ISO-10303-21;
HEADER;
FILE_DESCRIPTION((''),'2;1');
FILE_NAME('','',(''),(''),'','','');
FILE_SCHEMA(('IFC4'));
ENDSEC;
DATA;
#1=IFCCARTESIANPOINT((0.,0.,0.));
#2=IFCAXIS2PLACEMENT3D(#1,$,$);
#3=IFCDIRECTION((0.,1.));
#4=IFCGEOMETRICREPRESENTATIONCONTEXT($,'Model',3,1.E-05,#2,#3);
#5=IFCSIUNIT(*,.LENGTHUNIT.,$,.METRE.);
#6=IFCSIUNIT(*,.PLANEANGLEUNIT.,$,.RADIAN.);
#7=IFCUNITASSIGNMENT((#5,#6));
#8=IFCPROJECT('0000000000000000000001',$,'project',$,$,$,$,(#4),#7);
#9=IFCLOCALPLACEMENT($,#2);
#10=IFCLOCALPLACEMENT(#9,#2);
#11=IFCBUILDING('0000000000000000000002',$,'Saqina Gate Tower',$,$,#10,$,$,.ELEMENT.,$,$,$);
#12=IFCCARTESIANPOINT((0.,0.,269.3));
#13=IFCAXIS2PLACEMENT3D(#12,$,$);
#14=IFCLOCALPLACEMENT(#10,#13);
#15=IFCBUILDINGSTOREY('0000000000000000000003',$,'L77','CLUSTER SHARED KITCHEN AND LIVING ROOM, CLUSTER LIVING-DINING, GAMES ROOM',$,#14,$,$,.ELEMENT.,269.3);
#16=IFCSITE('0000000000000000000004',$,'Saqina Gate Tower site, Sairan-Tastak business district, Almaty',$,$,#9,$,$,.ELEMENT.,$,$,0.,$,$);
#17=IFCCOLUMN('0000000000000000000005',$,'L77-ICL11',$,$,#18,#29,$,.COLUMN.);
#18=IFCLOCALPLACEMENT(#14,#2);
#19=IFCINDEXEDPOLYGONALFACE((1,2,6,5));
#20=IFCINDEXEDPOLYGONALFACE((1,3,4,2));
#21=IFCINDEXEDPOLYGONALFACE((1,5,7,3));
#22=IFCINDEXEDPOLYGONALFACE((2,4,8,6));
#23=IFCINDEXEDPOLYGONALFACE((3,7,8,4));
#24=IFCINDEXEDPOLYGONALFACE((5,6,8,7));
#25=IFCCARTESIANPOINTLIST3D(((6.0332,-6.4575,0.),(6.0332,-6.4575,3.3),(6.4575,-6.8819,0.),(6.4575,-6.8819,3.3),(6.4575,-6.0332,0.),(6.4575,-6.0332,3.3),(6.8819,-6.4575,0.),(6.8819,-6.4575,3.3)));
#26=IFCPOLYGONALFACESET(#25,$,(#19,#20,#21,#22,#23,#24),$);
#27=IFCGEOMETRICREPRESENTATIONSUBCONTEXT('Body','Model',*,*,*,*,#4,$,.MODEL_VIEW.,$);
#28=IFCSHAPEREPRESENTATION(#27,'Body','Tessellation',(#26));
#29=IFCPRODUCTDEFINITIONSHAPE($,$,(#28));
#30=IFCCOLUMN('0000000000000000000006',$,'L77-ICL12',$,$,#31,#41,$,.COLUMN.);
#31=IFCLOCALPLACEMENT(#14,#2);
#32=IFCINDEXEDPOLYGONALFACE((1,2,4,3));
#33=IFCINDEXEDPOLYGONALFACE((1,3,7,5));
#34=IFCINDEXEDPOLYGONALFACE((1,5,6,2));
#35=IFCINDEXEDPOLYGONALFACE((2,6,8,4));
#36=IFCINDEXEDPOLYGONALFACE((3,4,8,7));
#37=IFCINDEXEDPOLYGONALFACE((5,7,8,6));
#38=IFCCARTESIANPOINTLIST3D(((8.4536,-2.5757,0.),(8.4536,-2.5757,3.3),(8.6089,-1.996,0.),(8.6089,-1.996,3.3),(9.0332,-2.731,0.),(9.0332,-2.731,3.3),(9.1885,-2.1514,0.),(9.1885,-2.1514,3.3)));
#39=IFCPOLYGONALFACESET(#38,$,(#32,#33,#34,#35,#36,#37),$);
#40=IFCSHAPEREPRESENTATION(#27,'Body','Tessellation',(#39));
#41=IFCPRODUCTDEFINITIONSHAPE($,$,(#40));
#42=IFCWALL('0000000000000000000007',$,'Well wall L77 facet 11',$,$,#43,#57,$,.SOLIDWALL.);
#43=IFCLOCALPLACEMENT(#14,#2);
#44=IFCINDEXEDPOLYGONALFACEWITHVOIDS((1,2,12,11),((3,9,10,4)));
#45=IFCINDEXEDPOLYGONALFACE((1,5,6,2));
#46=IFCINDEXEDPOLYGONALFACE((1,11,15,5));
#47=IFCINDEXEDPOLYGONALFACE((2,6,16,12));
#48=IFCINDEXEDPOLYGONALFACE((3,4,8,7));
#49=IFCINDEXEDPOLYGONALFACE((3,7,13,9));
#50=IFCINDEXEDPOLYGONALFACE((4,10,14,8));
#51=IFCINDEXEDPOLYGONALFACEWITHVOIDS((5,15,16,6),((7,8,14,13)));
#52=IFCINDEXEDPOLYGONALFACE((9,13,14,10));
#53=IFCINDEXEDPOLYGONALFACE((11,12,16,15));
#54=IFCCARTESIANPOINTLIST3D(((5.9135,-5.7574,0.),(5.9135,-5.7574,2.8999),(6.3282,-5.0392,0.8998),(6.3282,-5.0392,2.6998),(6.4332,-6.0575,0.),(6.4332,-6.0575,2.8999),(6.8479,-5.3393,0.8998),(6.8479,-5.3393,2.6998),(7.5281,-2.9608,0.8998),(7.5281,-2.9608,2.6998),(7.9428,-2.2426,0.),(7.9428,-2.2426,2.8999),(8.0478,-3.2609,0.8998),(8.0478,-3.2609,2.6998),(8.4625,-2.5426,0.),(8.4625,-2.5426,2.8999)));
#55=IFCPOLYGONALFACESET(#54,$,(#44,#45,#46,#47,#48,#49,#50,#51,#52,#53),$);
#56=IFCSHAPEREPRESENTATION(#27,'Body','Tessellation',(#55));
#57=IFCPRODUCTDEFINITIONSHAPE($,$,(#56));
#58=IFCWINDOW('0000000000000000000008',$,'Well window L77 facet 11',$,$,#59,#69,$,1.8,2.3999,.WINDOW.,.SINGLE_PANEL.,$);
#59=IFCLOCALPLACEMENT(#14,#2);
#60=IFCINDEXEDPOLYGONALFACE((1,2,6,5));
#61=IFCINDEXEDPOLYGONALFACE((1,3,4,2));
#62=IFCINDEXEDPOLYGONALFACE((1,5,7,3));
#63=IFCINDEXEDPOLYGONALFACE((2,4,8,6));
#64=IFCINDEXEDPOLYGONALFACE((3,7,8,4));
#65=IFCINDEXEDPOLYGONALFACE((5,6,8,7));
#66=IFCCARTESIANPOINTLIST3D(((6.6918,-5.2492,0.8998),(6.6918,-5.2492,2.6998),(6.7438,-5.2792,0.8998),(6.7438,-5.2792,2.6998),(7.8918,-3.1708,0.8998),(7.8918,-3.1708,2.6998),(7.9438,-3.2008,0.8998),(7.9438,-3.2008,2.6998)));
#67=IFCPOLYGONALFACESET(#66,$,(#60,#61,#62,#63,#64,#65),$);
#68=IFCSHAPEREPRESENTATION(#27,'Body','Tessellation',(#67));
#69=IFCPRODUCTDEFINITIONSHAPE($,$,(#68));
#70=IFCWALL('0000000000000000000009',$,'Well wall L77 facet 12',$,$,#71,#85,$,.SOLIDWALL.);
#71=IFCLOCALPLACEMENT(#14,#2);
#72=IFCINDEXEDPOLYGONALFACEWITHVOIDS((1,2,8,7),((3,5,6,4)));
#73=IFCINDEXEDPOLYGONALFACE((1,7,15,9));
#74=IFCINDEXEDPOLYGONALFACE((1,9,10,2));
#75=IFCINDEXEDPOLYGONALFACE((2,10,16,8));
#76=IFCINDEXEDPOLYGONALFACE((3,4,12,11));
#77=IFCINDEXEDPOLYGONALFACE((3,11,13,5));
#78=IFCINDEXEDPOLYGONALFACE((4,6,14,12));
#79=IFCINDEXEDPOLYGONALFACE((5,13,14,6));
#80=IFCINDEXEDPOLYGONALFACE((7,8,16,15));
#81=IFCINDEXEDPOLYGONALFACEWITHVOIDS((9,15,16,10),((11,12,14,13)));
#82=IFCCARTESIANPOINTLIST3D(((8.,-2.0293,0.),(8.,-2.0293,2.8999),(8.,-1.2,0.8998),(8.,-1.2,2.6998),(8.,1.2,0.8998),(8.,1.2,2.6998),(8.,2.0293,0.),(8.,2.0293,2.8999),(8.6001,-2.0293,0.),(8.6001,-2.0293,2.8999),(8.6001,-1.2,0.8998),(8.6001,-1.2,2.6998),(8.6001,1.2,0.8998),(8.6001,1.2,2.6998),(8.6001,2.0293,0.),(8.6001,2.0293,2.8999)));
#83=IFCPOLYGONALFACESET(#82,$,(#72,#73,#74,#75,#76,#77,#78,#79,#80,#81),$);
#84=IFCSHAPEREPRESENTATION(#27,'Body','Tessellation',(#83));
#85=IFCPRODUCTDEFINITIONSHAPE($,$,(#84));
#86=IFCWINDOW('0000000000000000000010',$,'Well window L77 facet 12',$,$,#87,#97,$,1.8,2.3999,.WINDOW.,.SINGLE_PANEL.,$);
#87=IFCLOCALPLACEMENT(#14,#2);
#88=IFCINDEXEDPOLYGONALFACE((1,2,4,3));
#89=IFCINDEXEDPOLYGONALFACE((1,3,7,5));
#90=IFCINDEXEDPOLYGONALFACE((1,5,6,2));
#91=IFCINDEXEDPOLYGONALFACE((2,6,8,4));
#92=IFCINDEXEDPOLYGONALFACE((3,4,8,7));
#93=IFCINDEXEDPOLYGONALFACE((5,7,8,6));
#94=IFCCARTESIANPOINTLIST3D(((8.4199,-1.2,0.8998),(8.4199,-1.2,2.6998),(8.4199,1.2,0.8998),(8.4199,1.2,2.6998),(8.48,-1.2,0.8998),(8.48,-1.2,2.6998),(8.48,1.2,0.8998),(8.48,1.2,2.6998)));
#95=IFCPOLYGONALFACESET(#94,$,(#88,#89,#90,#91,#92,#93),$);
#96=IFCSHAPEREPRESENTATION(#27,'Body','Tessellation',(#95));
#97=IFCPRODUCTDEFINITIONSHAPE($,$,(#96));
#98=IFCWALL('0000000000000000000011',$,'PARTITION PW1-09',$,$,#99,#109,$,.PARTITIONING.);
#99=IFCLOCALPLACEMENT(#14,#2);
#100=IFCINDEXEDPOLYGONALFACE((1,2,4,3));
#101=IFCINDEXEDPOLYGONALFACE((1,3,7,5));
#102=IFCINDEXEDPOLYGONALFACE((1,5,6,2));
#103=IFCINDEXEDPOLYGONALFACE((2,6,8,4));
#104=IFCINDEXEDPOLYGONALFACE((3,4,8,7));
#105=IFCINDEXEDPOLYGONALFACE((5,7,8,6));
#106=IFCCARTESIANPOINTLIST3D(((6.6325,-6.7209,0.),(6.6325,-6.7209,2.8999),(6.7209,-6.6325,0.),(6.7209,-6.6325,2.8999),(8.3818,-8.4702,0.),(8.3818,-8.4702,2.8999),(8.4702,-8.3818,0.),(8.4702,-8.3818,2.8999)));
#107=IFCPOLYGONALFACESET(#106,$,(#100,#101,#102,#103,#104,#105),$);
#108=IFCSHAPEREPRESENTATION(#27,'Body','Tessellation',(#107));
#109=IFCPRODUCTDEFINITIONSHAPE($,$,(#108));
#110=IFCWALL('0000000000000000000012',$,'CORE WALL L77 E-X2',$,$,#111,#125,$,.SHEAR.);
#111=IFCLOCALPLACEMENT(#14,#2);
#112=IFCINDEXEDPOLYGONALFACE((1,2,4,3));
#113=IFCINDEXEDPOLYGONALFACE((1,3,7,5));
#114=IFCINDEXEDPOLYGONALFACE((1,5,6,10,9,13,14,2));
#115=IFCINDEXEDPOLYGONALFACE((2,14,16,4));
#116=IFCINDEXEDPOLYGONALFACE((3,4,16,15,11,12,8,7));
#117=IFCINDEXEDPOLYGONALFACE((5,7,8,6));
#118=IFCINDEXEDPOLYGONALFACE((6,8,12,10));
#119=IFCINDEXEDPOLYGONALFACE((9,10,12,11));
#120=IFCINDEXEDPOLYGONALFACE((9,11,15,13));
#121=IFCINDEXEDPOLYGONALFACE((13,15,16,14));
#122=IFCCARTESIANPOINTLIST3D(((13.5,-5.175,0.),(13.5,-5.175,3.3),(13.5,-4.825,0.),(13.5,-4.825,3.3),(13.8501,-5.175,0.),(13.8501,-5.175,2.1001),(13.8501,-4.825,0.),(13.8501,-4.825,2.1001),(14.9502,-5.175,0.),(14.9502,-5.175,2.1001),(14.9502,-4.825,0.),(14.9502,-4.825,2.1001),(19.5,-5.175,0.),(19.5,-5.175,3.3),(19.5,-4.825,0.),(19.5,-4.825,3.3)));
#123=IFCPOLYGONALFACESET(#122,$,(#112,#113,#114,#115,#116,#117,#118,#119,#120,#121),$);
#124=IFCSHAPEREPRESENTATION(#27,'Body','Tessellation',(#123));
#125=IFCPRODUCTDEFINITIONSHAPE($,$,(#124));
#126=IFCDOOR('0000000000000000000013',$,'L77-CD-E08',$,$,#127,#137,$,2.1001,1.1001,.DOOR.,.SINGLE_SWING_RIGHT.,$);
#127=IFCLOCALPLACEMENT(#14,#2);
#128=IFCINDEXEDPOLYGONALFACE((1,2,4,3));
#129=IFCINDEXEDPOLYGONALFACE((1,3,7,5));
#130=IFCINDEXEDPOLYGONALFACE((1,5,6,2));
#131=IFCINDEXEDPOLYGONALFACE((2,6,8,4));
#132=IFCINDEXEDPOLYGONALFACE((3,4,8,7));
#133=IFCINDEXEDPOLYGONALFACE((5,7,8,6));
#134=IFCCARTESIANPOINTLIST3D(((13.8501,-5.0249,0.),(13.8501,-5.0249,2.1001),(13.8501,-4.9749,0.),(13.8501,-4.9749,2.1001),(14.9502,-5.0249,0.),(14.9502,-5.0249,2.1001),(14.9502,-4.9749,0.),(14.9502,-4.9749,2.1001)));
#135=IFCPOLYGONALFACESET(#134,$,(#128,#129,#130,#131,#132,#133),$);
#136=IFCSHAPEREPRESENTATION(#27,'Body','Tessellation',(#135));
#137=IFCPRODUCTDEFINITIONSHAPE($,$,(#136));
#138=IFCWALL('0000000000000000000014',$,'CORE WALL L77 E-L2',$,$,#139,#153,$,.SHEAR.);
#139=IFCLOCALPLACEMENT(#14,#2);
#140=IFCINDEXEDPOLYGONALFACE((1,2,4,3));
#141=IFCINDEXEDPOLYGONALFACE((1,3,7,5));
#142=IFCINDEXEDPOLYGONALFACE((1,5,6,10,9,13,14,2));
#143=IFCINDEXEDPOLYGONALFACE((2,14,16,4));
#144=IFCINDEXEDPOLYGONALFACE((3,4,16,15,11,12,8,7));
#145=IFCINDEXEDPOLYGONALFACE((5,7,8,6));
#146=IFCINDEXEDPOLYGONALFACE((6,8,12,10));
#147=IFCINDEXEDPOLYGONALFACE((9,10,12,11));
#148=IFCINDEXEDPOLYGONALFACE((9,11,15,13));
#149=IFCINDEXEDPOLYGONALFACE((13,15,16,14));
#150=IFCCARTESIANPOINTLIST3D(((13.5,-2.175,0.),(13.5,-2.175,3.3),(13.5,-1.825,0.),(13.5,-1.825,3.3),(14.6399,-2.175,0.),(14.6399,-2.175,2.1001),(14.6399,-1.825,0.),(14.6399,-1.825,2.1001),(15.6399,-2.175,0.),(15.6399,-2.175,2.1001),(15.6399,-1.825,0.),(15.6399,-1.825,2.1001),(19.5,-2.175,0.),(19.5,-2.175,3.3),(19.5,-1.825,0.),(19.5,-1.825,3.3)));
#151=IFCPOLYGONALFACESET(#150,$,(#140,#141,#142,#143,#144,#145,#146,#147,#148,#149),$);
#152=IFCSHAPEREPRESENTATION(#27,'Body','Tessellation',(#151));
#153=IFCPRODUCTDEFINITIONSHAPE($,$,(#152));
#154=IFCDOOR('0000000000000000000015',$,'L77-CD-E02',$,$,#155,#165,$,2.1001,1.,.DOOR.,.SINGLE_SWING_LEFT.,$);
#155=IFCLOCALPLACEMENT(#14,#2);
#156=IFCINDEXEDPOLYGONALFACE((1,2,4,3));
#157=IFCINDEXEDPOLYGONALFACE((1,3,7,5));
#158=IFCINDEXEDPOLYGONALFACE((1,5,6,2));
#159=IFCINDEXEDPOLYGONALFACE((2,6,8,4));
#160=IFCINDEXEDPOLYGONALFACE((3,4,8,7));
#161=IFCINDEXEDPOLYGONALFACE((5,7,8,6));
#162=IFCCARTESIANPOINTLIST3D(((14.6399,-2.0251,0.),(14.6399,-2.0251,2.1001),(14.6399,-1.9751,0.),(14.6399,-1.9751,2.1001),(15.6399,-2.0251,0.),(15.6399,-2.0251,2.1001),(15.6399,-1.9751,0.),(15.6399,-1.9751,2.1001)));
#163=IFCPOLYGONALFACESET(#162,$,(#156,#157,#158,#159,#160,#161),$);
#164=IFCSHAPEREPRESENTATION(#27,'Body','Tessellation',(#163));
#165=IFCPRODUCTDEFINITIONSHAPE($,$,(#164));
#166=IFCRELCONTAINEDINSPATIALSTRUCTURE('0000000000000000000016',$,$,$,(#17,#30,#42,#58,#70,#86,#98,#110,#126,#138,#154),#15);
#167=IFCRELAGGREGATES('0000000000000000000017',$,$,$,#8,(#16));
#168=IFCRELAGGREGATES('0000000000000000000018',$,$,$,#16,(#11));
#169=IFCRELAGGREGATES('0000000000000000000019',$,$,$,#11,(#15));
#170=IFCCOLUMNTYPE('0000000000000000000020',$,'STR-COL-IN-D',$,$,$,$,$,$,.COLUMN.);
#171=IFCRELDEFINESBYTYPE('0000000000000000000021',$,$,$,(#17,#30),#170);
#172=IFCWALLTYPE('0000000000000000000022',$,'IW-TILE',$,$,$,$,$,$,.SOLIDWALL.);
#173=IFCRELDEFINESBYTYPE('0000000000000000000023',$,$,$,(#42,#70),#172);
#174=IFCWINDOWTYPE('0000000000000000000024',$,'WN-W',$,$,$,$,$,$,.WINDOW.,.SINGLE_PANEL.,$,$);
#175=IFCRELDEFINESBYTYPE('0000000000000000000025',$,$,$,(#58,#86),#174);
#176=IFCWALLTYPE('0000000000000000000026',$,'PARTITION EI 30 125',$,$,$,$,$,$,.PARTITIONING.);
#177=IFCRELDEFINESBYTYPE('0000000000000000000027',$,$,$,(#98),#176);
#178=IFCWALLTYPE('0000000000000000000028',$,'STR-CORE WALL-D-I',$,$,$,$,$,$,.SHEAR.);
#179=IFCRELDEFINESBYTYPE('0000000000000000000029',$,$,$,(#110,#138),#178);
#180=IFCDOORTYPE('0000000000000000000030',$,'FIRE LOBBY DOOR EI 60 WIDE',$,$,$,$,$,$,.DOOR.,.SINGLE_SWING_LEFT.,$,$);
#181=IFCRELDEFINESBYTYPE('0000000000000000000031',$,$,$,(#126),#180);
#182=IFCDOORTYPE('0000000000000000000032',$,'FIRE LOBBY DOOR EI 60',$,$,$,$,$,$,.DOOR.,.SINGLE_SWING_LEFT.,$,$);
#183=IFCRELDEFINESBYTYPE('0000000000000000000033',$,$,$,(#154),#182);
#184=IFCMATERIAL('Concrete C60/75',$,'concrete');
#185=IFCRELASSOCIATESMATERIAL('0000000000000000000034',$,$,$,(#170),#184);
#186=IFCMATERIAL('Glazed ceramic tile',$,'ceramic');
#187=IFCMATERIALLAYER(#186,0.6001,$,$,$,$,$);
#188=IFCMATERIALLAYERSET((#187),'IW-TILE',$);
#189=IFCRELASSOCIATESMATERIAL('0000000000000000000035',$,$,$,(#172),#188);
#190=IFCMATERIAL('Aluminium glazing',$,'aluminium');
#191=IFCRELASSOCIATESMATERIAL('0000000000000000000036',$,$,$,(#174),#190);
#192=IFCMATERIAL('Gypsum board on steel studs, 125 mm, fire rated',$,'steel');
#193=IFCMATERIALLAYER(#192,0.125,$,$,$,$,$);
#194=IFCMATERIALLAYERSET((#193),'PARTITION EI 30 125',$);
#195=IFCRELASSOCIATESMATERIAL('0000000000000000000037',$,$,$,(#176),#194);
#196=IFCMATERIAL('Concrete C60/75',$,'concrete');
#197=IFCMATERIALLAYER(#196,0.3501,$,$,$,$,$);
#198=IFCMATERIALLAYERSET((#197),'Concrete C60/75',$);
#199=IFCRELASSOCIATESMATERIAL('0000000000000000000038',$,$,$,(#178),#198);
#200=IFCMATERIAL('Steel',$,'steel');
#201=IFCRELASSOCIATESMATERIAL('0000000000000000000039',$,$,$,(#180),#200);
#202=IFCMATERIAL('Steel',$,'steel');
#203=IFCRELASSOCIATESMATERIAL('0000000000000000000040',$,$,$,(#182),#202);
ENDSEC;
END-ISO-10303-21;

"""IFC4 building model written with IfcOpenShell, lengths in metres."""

from ifc_helpers import new_model, si_unit, direction, frame, frame_2d, origin, origin_2d, place, context, subcontext, project, spatial, rectangle, extrude, material, layer, layer_set, material_profile, profile_set, type_object, element, fill, save


model = new_model("IFC4")

# Units and contexts
model_context = context("Model", 3, precision=1e-05, world=origin(), true_north=direction((0.0, 1.0)))
body_context = subcontext(model_context, "Body", "Model", "MODEL_VIEW")
ifc_project = project(units=[si_unit("LENGTHUNIT", "METRE"), si_unit("PLANEANGLEUNIT", "RADIAN")], contexts=[model_context])

# Site, building, storey
site_placement = place(None, origin())
site = spatial("IfcSite", under=ifc_project, at=site_placement, Name="Saqina Gate Tower site, Sairan-Tastak business district, Almaty", CompositionType="ELEMENT", RefElevation=0.0)
building_placement = place(site_placement, origin())
building = spatial("IfcBuilding", under=site, at=building_placement, Name="Saqina Gate Tower", CompositionType="ELEMENT")
storey_placement = place(building_placement, frame((0.0, 0.0, 269.3)))
storey = spatial("IfcBuildingStorey", under=building, at=storey_placement, Name="L77", Description="CLUSTER SHARED KITCHEN AND LIVING ROOM, CLUSTER LIVING-DINING, GAMES ROOM", CompositionType="ELEMENT", Elevation=269.3)

# Columns
ifc_material_1 = material(Name="Concrete C60/75", Category="concrete")
ifc_material_profile = material_profile(ifc_material_1, rectangle(XDim=0.6001, YDim=0.6001, at=origin_2d()), Name="RC 600x600")
ifc_profile_set = profile_set([ifc_material_profile], Name="Concrete C60/75")
column_type = type_object("IfcColumnType", Name="STR-COL-IN-D", PredefinedType="COLUMN", material=ifc_profile_set)
for number, where, z_axis, x_axis, name in (
    (1, (6.4575, -6.4575, 0.0), (0.0, 0.0, 1.0), (0.707107, -0.707107, 0.0), "L77-ICL11"),
    (2, (8.821, -2.3635, 0.0), (0.0, 0.0, 1.0), (0.965926, -0.258819, 0.0), "L77-ICL12"),
):
    element("IfcColumn", number, at=place(storey_placement, frame(where, z_axis=z_axis, x_axis=x_axis)), inside=storey, type_object=column_type, Name=name, PredefinedType="COLUMN", context=body_context, shape_type="SweptSolid", body=[
        extrude(rectangle(XDim=0.6001, YDim=0.6001, at=origin_2d()), origin(), (0.0, 0.0, 1.0), 3.3),
    ])

# Walls, openings, windows
ifc_material_2 = material(Name="Glazed ceramic tile", Category="ceramic")
ifc_layer_1 = layer(ifc_material_2, 0.6001)
ifc_layer_set_1 = layer_set([ifc_layer_1], Name="IW-TILE")
wall_type_1 = type_object("IfcWallType", Name="IW-TILE", PredefinedType="SOLIDWALL", material=ifc_layer_set_1)
wall_1_placement = place(storey_placement, frame((6.1733, -5.9075, 0.0), z_axis=(0.0, 0.0, 1.0), x_axis=(0.499995, 0.866028, 0.0)))
wall_1 = element("IfcWall", 3, at=wall_1_placement, inside=storey, type_object=wall_type_1, Name="Well wall L77 facet 11", PredefinedType="SOLIDWALL", context=body_context, shape_type="SweptSolid", body=[
    extrude(rectangle(XDim=4.0586, YDim=0.6001, at=frame_2d((2.0293, 0.0))), origin(), (0.0, 0.0, 1.0), 2.8999),
])
opening_1_placement = place(wall_1_placement, frame((0.8293, 0.0, 0.8999)))
opening_1 = element("IfcOpeningElement", 4, at=opening_1_placement, cuts=wall_1, PredefinedType="OPENING", context=body_context, shape_type="SweptSolid", body=[
    extrude(rectangle(XDim=2.3999, YDim=1.8, at=frame_2d((1.2, 0.8999))), frame((0.0, 0.312, 0.0), z_axis=(0.0, -1.0, 0.0), x_axis=(1.0, 0.0, 0.0)), (0.0, 0.0, 1.0), 0.624),
])
ifc_material_3 = material(Name="Aluminium glazing", Category="aluminium")
window_type = type_object("IfcWindowType", Name="WN-W", PartitioningType="SINGLE_PANEL", PredefinedType="WINDOW", material=ifc_material_3)
window_1_placement = place(opening_1_placement, origin())
window_1 = element("IfcWindow", 5, at=window_1_placement, inside=storey, type_object=window_type, Name="Well window L77 facet 11", OverallHeight=1.8, OverallWidth=2.3999, PartitioningType="SINGLE_PANEL", PredefinedType="WINDOW", context=body_context, shape_type="SweptSolid", body=[
    extrude(rectangle(XDim=2.3999, YDim=1.8, at=frame_2d((1.2, 0.8999))), frame((0.0, -0.1199, 0.0), z_axis=(0.0, -1.0, 0.0), x_axis=(1.0, 0.0, 0.0)), (0.0, 0.0, 1.0), 0.0601),
])
fill(opening_1, window_1)
wall_2_placement = place(storey_placement, frame((8.3, -2.0293, 0.0), z_axis=(0.0, 0.0, 1.0), x_axis=(0.0, 1.0, 0.0)))
wall_2 = element("IfcWall", 6, at=wall_2_placement, inside=storey, type_object=wall_type_1, Name="Well wall L77 facet 12", PredefinedType="SOLIDWALL", context=body_context, shape_type="SweptSolid", body=[
    extrude(rectangle(XDim=4.0586, YDim=0.6001, at=frame_2d((2.0293, 0.0))), origin(), (0.0, 0.0, 1.0), 2.8999),
])
opening_2_placement = place(wall_2_placement, frame((0.8293, 0.0, 0.8999)))
opening_2 = element("IfcOpeningElement", 7, at=opening_2_placement, cuts=wall_2, PredefinedType="OPENING", context=body_context, shape_type="SweptSolid", body=[
    extrude(rectangle(XDim=2.3999, YDim=1.8, at=frame_2d((1.2, 0.8999))), frame((0.0, 0.312, 0.0), z_axis=(0.0, -1.0, 0.0), x_axis=(1.0, 0.0, 0.0)), (0.0, 0.0, 1.0), 0.624),
])
window_2_placement = place(opening_2_placement, origin())
window_2 = element("IfcWindow", 8, at=window_2_placement, inside=storey, type_object=window_type, Name="Well window L77 facet 12", OverallHeight=1.8, OverallWidth=2.3999, PartitioningType="SINGLE_PANEL", PredefinedType="WINDOW", context=body_context, shape_type="SweptSolid", body=[
    extrude(rectangle(XDim=2.3999, YDim=1.8, at=frame_2d((1.2, 0.8999))), frame((0.0, -0.1199, 0.0), z_axis=(0.0, -1.0, 0.0), x_axis=(1.0, 0.0, 0.0)), (0.0, 0.0, 1.0), 0.0601),
])
fill(opening_2, window_2)

# Wall
ifc_material_4 = material(Name="Gypsum board on steel studs, 125 mm, fire rated", Category="steel")
ifc_layer_2 = layer(ifc_material_4, 0.125)
ifc_layer_set_2 = layer_set([ifc_layer_2], Name="PARTITION EI 30 125")
wall_type_2 = type_object("IfcWallType", Name="PARTITION EI 30 125", PredefinedType="PARTITIONING", material=ifc_layer_set_2)
wall_3_placement = place(storey_placement, frame((6.6768, -6.6768, 0.0), z_axis=(0.0, 0.0, 1.0), x_axis=(0.707107, -0.707107, 0.0)))
element("IfcWall", 9, at=wall_3_placement, inside=storey, type_object=wall_type_2, Name="PARTITION PW1-09", PredefinedType="PARTITIONING", context=body_context, shape_type="SweptSolid", body=[
    extrude(rectangle(XDim=2.4739, YDim=0.125, at=frame_2d((1.2368, 0.0))), origin(), (0.0, 0.0, 1.0), 2.8999),
])

# Walls, openings, doors
ifc_material_5 = material(Name="Concrete C60/75", Category="concrete")
ifc_layer_3 = layer(ifc_material_5, 0.3501)
ifc_layer_set_3 = layer_set([ifc_layer_3], Name="Concrete C60/75")
wall_type_3 = type_object("IfcWallType", Name="STR-CORE WALL-D-I", PredefinedType="SHEAR", material=ifc_layer_set_3)
wall_4_placement = place(storey_placement, frame((13.5, -5.0, 0.0), z_axis=(0.0, 0.0, 1.0), x_axis=(1.0, 0.0, 0.0)))
wall_4 = element("IfcWall", 10, at=wall_4_placement, inside=storey, type_object=wall_type_3, Name="CORE WALL L77 E-X2", PredefinedType="SHEAR", context=body_context, shape_type="SweptSolid", body=[
    extrude(rectangle(XDim=6.0, YDim=0.3501, at=frame_2d((3.0, 0.0))), origin(), (0.0, 0.0, 1.0), 3.3),
])
opening_3_placement = place(wall_4_placement, frame((0.3501, 0.0, 0.0)))
opening_3 = element("IfcOpeningElement", 11, at=opening_3_placement, cuts=wall_4, PredefinedType="OPENING", context=body_context, shape_type="SweptSolid", body=[
    extrude(rectangle(XDim=1.1001, YDim=2.1001, at=frame_2d((0.55, 1.05))), frame((0.0, 0.187, 0.0), z_axis=(0.0, -1.0, 0.0), x_axis=(1.0, 0.0, 0.0)), (0.0, 0.0, 1.0), 0.374),
])
ifc_material_6 = material(Name="Steel", Category="steel")
door_type_1 = type_object("IfcDoorType", Name="FIRE LOBBY DOOR EI 60 WIDE", OperationType="SINGLE_SWING_LEFT", PredefinedType="DOOR", material=ifc_material_6)
door_1_placement = place(opening_3_placement, frame((1.1001, 0.0, 0.0), z_axis=(0.0, 0.0, 1.0), x_axis=(-1.0, 0.0, 0.0)))
door_1 = element("IfcDoor", 12, at=door_1_placement, inside=storey, type_object=door_type_1, Name="L77-CD-E08", OperationType="SINGLE_SWING_RIGHT", OverallHeight=2.1001, OverallWidth=1.1001, PredefinedType="DOOR", context=body_context, shape_type="SweptSolid", body=[
    extrude(rectangle(XDim=1.1001, YDim=2.1001, at=frame_2d((0.55, 1.05))), frame((0.0, 0.0249, 0.0), z_axis=(0.0, -1.0, 0.0), x_axis=(1.0, 0.0, 0.0)), (0.0, 0.0, 1.0), 0.05),
])
fill(opening_3, door_1)
wall_5_placement = place(storey_placement, frame((13.5, -2.0, 0.0), z_axis=(0.0, 0.0, 1.0), x_axis=(1.0, 0.0, 0.0)))
wall_5 = element("IfcWall", 13, at=wall_5_placement, inside=storey, type_object=wall_type_3, Name="CORE WALL L77 E-L2", PredefinedType="SHEAR", context=body_context, shape_type="SweptSolid", body=[
    extrude(rectangle(XDim=6.0, YDim=0.3501, at=frame_2d((3.0, 0.0))), origin(), (0.0, 0.0, 1.0), 3.3),
])
opening_4_placement = place(wall_5_placement, frame((1.1399, 0.0, 0.0)))
opening_4 = element("IfcOpeningElement", 14, at=opening_4_placement, cuts=wall_5, PredefinedType="OPENING", context=body_context, shape_type="SweptSolid", body=[
    extrude(rectangle(XDim=1.0, YDim=2.1001, at=frame_2d((0.5, 1.05))), frame((0.0, 0.187, 0.0), z_axis=(0.0, -1.0, 0.0), x_axis=(1.0, 0.0, 0.0)), (0.0, 0.0, 1.0), 0.374),
])
ifc_material_7 = material(Name="Steel", Category="steel")
door_type_2 = type_object("IfcDoorType", Name="FIRE LOBBY DOOR EI 60", OperationType="SINGLE_SWING_LEFT", PredefinedType="DOOR", material=ifc_material_7)
door_2_placement = place(opening_4_placement, origin())
door_2 = element("IfcDoor", 15, at=door_2_placement, inside=storey, type_object=door_type_2, Name="L77-CD-E02", OperationType="SINGLE_SWING_LEFT", OverallHeight=2.1001, OverallWidth=1.0, PredefinedType="DOOR", context=body_context, shape_type="SweptSolid", body=[
    extrude(rectangle(XDim=1.0, YDim=2.1001, at=frame_2d((0.5, 1.05))), frame((0.0, 0.0249, 0.0), z_axis=(0.0, -1.0, 0.0), x_axis=(1.0, 0.0, 0.0)), (0.0, 0.0, 1.0), 0.05),
])
fill(opening_4, door_2)

save(model, "model.ifc")
